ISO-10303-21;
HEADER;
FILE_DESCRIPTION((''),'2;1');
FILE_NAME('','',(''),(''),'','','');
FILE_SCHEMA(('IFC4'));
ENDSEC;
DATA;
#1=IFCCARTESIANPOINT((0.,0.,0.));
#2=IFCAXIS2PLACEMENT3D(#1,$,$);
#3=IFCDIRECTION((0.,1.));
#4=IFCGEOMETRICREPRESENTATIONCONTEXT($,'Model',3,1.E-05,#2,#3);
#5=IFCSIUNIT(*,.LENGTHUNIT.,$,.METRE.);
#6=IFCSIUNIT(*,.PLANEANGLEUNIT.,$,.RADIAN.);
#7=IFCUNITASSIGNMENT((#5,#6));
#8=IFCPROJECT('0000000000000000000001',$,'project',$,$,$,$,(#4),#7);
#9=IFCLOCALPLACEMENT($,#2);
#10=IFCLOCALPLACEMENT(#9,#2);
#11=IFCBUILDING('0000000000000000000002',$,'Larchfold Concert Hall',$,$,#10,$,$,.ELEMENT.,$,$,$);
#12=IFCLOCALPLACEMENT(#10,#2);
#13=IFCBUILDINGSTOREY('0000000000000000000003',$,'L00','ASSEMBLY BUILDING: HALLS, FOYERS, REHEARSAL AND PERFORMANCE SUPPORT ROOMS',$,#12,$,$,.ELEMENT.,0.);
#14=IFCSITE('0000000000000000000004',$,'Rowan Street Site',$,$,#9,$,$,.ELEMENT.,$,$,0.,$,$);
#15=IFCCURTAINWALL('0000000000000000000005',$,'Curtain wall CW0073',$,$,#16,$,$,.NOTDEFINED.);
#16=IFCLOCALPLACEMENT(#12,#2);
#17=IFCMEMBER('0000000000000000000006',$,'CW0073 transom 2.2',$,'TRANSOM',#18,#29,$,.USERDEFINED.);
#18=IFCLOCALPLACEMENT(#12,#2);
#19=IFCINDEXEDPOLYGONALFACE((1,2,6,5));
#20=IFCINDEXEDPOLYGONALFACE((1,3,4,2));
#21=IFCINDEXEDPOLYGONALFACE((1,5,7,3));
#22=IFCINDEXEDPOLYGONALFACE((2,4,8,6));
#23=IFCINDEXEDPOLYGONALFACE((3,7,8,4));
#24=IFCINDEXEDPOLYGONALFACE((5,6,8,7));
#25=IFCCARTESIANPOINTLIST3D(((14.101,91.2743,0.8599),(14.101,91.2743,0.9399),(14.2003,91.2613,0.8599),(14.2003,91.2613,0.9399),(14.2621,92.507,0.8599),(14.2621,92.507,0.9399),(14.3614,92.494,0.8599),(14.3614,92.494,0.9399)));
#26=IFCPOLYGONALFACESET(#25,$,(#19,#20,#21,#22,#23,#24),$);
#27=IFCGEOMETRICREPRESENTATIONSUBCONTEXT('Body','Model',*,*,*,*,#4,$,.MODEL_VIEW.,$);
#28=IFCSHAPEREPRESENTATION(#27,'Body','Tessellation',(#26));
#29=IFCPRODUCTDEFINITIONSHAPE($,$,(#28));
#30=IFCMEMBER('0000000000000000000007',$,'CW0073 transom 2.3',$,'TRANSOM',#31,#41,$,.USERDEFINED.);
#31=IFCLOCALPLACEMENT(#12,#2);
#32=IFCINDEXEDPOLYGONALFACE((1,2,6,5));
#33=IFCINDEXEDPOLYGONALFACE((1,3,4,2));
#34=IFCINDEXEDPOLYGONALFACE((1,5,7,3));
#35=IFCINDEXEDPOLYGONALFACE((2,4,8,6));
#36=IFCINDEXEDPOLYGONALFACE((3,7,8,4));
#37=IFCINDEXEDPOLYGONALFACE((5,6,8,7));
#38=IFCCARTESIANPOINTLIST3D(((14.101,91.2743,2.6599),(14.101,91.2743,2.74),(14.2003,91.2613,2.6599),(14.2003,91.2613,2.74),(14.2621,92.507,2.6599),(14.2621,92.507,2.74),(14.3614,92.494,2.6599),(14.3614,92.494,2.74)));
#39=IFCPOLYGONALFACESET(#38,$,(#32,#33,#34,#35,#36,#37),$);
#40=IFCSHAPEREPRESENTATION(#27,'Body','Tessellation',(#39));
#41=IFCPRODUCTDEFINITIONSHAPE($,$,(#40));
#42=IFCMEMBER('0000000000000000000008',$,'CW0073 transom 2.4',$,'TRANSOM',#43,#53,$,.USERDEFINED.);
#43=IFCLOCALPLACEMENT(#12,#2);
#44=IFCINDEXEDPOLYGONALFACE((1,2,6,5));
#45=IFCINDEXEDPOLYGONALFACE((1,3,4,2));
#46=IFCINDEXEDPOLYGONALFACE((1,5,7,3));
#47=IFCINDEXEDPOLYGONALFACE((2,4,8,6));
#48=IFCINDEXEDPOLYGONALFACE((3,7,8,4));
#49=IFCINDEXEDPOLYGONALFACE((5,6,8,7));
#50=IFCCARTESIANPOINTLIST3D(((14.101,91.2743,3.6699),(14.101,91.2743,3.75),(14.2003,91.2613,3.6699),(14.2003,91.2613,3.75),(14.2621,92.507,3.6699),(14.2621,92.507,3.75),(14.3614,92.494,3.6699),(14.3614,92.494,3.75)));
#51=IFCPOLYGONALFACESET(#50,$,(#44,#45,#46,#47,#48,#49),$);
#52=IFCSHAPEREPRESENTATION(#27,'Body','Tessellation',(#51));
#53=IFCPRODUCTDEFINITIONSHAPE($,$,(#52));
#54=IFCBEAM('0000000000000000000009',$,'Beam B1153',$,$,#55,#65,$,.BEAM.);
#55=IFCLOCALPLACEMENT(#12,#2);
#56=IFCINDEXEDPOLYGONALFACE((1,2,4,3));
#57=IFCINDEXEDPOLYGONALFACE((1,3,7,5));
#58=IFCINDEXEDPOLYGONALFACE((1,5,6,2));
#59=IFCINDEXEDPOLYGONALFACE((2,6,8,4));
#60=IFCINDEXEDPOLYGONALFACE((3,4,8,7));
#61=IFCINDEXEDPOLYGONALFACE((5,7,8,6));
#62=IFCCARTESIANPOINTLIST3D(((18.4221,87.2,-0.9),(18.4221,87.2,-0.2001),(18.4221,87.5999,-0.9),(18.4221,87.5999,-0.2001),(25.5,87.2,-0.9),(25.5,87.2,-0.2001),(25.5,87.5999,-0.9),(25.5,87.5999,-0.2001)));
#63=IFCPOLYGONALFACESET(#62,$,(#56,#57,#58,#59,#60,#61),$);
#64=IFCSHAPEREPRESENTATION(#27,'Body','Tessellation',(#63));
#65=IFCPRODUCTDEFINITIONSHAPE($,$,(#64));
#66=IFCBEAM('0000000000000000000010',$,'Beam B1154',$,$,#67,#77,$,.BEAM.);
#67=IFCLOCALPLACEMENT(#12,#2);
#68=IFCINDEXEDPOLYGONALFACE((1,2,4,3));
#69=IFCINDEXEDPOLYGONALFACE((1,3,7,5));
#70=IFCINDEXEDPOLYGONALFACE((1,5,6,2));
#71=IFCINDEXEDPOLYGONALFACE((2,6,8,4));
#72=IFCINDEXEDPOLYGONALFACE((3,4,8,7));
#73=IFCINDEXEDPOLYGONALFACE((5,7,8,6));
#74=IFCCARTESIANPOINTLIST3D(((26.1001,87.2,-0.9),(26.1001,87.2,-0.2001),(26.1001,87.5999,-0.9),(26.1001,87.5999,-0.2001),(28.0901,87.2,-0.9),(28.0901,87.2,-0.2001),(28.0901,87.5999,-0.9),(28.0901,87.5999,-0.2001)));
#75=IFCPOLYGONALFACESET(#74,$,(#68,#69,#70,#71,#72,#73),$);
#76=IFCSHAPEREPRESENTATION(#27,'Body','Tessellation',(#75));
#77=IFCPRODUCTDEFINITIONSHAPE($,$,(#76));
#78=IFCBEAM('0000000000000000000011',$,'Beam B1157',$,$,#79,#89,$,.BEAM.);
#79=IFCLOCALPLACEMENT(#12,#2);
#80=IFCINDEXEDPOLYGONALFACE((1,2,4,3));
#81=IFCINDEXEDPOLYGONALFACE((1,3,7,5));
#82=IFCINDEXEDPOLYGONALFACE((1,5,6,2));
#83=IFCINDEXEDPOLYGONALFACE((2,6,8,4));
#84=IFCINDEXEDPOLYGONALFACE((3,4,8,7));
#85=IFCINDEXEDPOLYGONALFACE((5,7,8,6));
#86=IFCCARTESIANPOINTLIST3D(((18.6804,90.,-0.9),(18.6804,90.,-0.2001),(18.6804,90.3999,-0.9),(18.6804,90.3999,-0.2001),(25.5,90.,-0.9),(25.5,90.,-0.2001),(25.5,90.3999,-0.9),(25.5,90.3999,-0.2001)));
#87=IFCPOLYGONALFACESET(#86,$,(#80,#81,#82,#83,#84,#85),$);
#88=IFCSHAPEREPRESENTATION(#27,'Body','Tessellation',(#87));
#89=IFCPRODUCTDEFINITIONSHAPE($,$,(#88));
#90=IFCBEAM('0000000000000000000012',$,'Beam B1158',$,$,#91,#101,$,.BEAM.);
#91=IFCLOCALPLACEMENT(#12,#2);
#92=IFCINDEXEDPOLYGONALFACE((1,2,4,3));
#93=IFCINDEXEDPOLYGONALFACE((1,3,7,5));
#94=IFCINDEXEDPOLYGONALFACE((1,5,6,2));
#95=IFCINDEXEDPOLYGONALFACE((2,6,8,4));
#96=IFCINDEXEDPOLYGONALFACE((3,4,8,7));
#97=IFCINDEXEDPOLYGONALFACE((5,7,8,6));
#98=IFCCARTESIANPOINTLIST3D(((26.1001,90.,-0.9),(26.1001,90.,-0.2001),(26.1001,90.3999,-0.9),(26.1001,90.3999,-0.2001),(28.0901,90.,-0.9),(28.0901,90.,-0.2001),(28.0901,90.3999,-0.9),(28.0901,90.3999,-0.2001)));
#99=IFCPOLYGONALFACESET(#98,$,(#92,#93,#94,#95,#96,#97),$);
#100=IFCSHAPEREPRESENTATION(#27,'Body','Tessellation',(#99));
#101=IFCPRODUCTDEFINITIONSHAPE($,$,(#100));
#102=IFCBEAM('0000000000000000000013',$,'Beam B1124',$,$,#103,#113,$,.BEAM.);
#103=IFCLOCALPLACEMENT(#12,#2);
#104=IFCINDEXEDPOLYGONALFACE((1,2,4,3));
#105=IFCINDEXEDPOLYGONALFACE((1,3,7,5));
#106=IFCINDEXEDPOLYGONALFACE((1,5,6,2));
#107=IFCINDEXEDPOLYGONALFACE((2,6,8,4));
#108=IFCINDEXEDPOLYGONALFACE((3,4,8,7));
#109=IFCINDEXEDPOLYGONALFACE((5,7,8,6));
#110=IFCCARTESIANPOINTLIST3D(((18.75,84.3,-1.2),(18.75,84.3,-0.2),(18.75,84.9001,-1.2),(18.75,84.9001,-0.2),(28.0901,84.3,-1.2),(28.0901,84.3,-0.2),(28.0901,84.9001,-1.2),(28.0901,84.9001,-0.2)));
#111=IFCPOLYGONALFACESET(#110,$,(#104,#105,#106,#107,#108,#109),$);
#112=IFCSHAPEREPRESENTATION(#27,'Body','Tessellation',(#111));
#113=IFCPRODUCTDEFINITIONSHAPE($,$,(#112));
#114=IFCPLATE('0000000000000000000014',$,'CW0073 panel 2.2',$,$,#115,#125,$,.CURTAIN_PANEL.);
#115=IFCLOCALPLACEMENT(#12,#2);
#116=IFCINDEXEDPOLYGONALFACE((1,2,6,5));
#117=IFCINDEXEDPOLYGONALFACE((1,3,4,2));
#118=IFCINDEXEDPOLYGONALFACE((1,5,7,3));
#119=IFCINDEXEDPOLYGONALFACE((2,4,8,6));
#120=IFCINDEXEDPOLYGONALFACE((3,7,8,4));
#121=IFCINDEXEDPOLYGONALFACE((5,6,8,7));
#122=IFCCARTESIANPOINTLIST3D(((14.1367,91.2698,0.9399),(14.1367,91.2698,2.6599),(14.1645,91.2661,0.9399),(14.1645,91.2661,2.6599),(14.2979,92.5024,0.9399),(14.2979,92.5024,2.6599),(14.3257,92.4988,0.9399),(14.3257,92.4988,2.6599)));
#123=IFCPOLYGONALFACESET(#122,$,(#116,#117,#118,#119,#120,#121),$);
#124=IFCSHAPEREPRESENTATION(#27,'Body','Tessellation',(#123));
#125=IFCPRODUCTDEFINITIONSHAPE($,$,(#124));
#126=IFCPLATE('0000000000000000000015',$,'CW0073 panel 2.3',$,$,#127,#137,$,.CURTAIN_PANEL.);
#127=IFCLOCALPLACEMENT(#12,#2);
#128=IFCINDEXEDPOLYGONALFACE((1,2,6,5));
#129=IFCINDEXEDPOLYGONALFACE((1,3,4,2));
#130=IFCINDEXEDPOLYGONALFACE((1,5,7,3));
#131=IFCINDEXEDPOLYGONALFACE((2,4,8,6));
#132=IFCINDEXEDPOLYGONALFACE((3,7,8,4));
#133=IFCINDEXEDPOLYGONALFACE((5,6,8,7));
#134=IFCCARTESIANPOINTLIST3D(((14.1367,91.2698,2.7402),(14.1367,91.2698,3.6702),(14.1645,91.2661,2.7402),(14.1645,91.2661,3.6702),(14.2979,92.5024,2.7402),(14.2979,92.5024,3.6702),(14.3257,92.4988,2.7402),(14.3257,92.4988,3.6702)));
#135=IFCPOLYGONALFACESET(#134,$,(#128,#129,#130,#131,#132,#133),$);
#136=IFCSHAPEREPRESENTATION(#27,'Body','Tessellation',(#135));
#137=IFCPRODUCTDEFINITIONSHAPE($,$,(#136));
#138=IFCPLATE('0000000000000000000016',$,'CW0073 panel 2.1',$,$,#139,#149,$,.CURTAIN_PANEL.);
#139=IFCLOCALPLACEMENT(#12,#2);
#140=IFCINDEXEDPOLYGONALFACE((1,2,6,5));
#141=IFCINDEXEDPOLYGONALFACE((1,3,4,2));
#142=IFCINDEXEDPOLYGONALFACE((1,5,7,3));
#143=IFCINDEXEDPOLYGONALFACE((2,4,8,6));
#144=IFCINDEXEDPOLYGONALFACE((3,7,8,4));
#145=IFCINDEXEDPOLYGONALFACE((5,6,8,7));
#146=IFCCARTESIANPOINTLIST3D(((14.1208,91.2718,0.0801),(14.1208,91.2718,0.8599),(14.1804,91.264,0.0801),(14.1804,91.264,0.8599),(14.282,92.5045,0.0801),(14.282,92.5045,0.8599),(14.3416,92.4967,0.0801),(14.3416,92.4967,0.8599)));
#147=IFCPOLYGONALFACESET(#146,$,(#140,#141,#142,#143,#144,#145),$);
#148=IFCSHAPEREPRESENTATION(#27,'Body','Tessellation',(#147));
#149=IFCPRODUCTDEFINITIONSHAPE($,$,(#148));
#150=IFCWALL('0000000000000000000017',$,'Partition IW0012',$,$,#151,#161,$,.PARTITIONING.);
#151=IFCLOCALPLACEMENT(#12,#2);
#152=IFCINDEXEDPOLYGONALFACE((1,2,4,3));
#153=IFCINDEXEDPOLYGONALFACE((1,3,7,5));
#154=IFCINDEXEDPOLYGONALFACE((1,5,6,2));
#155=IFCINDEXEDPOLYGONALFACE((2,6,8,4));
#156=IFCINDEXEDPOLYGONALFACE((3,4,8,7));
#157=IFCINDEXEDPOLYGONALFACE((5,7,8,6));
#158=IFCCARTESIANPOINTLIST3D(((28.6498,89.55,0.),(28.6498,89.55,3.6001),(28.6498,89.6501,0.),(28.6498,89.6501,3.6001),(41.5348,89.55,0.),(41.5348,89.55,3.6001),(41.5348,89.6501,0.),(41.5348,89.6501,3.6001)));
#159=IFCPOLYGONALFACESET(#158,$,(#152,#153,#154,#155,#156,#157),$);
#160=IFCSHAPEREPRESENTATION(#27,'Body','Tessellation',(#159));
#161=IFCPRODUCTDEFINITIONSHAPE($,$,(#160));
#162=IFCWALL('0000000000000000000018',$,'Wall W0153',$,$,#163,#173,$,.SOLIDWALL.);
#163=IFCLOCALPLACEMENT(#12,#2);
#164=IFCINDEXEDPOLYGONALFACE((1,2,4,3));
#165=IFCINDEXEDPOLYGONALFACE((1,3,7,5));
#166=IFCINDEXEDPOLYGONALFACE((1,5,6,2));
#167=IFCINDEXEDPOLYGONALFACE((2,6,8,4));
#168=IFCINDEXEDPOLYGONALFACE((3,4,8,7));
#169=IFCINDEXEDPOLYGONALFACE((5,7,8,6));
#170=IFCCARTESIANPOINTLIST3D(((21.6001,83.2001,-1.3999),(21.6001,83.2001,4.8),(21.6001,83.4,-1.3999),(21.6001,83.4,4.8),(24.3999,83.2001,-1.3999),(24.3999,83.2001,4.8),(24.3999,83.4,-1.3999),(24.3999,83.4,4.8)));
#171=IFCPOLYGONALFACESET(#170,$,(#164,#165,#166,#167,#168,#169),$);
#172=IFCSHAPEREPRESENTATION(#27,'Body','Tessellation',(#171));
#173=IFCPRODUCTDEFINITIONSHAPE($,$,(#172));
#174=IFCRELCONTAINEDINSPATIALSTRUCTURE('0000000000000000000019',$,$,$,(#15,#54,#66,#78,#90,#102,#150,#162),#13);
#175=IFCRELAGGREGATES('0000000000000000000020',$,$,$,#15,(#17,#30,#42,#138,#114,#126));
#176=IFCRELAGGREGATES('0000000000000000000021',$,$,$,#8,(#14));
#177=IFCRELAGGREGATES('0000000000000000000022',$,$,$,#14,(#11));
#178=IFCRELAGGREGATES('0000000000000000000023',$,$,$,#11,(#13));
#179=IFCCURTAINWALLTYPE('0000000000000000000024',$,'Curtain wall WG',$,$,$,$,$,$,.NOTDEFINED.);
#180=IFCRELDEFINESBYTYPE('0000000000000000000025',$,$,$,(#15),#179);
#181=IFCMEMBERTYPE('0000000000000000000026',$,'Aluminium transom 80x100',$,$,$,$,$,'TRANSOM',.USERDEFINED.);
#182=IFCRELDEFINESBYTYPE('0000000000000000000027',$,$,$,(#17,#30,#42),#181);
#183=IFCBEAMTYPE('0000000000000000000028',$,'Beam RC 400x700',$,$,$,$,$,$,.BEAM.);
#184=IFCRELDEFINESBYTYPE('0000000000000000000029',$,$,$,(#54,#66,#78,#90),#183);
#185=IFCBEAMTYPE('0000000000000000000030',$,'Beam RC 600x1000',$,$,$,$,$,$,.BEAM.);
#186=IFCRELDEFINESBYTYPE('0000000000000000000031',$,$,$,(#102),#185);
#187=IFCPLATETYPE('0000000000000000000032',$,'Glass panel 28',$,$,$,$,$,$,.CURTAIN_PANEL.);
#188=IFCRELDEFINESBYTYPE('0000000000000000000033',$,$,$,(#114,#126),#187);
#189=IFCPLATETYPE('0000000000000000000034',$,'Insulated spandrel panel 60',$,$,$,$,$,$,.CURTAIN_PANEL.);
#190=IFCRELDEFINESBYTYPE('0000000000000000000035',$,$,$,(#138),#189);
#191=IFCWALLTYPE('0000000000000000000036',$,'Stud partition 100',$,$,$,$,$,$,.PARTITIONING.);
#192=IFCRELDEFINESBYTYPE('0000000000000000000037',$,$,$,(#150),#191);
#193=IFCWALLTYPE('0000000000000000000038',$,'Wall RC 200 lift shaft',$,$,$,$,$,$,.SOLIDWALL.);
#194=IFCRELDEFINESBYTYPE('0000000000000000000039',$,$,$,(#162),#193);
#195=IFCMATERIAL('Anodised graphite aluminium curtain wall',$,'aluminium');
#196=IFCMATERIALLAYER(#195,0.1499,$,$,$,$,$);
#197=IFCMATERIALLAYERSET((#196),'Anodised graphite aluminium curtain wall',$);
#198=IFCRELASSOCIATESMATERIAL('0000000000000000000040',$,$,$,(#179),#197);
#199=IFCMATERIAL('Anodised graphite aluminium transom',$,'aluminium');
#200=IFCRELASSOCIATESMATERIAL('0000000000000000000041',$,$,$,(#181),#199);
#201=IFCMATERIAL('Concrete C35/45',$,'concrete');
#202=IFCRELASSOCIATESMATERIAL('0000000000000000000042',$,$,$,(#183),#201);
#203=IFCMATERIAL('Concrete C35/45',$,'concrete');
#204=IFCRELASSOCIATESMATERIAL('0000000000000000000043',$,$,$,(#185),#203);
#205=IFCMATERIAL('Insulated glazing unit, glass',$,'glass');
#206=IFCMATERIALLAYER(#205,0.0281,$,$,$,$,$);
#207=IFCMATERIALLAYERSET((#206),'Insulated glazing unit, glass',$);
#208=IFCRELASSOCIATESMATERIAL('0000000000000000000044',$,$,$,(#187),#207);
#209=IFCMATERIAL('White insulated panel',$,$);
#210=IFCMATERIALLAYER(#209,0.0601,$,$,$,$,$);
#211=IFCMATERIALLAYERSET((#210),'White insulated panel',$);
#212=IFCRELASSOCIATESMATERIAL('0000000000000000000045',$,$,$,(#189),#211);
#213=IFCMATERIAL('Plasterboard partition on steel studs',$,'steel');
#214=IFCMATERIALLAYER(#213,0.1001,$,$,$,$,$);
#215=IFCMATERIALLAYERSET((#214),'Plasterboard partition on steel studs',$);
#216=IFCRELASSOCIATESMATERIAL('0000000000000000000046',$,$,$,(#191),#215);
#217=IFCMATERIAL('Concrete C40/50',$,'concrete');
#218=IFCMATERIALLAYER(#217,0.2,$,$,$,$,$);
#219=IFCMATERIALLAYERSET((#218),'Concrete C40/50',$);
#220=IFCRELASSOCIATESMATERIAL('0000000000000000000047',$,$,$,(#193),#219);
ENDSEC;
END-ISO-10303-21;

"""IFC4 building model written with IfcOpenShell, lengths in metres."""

from ifc_helpers import new_model, si_unit, direction, frame, frame_2d, origin, origin_2d, place, context, subcontext, project, spatial, rectangle, extrude, material, layer, layer_set, material_profile, profile_set, type_object, element, aggregate, save


model = new_model("IFC4")

# Units and contexts
model_context = context("Model", 3, precision=1e-05, world=origin(), true_north=direction((0.0, 1.0)))
body_context = subcontext(model_context, "Body", "Model", "MODEL_VIEW")
ifc_project = project(units=[si_unit("LENGTHUNIT", "METRE"), si_unit("PLANEANGLEUNIT", "RADIAN")], contexts=[model_context])

# Site, building, storey
site_placement = place(None, origin())
site = spatial("IfcSite", under=ifc_project, at=site_placement, Name="Rowan Street Site", CompositionType="ELEMENT", RefElevation=0.0)
building_placement = place(site_placement, origin())
building = spatial("IfcBuilding", under=site, at=building_placement, Name="Larchfold Concert Hall", CompositionType="ELEMENT")
storey_placement = place(building_placement, origin())
storey = spatial("IfcBuildingStorey", under=building, at=storey_placement, Name="L00", Description="ASSEMBLY BUILDING: HALLS, FOYERS, REHEARSAL AND PERFORMANCE SUPPORT ROOMS", CompositionType="ELEMENT", Elevation=0.0)

# Curtain wall, members
ifc_material_1 = material(Name="Anodised graphite aluminium curtain wall", Category="aluminium")
ifc_layer_1 = layer(ifc_material_1, 0.1499)
ifc_layer_set_1 = layer_set([ifc_layer_1], Name="Anodised graphite aluminium curtain wall")
curtain_wall_type = type_object("IfcCurtainWallType", Name="Curtain wall WG", PredefinedType="NOTDEFINED", material=ifc_layer_set_1)
curtain_wall_placement = place(storey_placement, origin())
curtain_wall = element("IfcCurtainWall", 1, at=curtain_wall_placement, inside=storey, type_object=curtain_wall_type, Name="Curtain wall CW0073", PredefinedType="NOTDEFINED")
ifc_material_2 = material(Name="Anodised graphite aluminium transom", Category="aluminium")
ifc_material_profile_1 = material_profile(ifc_material_2, rectangle(XDim=0.1001, YDim=0.0801, at=origin_2d()))
ifc_profile_set_1 = profile_set([ifc_material_profile_1], Name="Anodised graphite aluminium transom")
member_type = type_object("IfcMemberType", Name="Aluminium transom 80x100", ElementType="TRANSOM", PredefinedType="USERDEFINED", material=ifc_profile_set_1)
member_1_placement = place(storey_placement, frame((14.1506, 91.2678, 0.8999), z_axis=(0.129616, 0.991564, 0.0), x_axis=(-0.991564, 0.129616, 0.0)))
member_1 = element("IfcMember", 2, at=member_1_placement, type_object=member_type, Name="CW0073 transom 2.2", ObjectType="TRANSOM", PredefinedType="USERDEFINED", context=body_context, shape_type="SweptSolid", body=[
    extrude(rectangle(XDim=0.1001, YDim=0.0801, at=origin_2d()), origin(), (0.0, 0.0, 1.0), 1.2432),
])
member_2_placement = place(storey_placement, frame((14.1506, 91.2678, 2.7), z_axis=(0.129616, 0.991564, 0.0), x_axis=(-0.991564, 0.129616, 0.0)))
member_2 = element("IfcMember", 3, at=member_2_placement, type_object=member_type, Name="CW0073 transom 2.3", ObjectType="TRANSOM", PredefinedType="USERDEFINED", context=body_context, shape_type="SweptSolid", body=[
    extrude(rectangle(XDim=0.1001, YDim=0.0801, at=origin_2d()), origin(), (0.0, 0.0, 1.0), 1.2432),
])
member_3_placement = place(storey_placement, frame((14.1506, 91.2678, 3.71), z_axis=(0.129616, 0.991564, 0.0), x_axis=(-0.991564, 0.129616, 0.0)))
member_3 = element("IfcMember", 4, at=member_3_placement, type_object=member_type, Name="CW0073 transom 2.4", ObjectType="TRANSOM", PredefinedType="USERDEFINED", context=body_context, shape_type="SweptSolid", body=[
    extrude(rectangle(XDim=0.1001, YDim=0.0801, at=origin_2d()), origin(), (0.0, 0.0, 1.0), 1.2432),
])

# Beams
ifc_material_3 = material(Name="Concrete C35/45", Category="concrete")
ifc_material_profile_2 = material_profile(ifc_material_3, rectangle(XDim=0.3999, YDim=0.7, at=origin_2d()))
ifc_profile_set_2 = profile_set([ifc_material_profile_2], Name="Concrete C35/45")
beam_type_1 = type_object("IfcBeamType", Name="Beam RC 400x700", PredefinedType="BEAM", material=ifc_profile_set_2)
beam_1_placement = place(storey_placement, frame((18.4221, 87.3999, -0.55), z_axis=(1.0, 0.0, 0.0), x_axis=(0.0, 1.0, 0.0)))
element("IfcBeam", 5, at=beam_1_placement, inside=storey, type_object=beam_type_1, Name="Beam B1153", PredefinedType="BEAM", context=body_context, shape_type="SweptSolid", body=[
    extrude(rectangle(XDim=0.3999, YDim=0.7, at=origin_2d()), origin(), (0.0, 0.0, 1.0), 7.0779),
])
beam_2_placement = place(storey_placement, frame((26.1001, 87.3999, -0.55), z_axis=(1.0, 0.0, 0.0), x_axis=(0.0, 1.0, 0.0)))
element("IfcBeam", 6, at=beam_2_placement, inside=storey, type_object=beam_type_1, Name="Beam B1154", PredefinedType="BEAM", context=body_context, shape_type="SweptSolid", body=[
    extrude(rectangle(XDim=0.3999, YDim=0.7, at=origin_2d()), origin(), (0.0, 0.0, 1.0), 1.99),
])
beam_3_placement = place(storey_placement, frame((18.6804, 90.2, -0.55), z_axis=(1.0, 0.0, 0.0), x_axis=(0.0, 1.0, 0.0)))
element("IfcBeam", 7, at=beam_3_placement, inside=storey, type_object=beam_type_1, Name="Beam B1157", PredefinedType="BEAM", context=body_context, shape_type="SweptSolid", body=[
    extrude(rectangle(XDim=0.3999, YDim=0.7, at=origin_2d()), origin(), (0.0, 0.0, 1.0), 6.8196),
])
beam_4_placement = place(storey_placement, frame((26.1001, 90.2, -0.55), z_axis=(1.0, 0.0, 0.0), x_axis=(0.0, 1.0, 0.0)))
element("IfcBeam", 8, at=beam_4_placement, inside=storey, type_object=beam_type_1, Name="Beam B1158", PredefinedType="BEAM", context=body_context, shape_type="SweptSolid", body=[
    extrude(rectangle(XDim=0.3999, YDim=0.7, at=origin_2d()), origin(), (0.0, 0.0, 1.0), 1.99),
])
ifc_material_4 = material(Name="Concrete C35/45", Category="concrete")
ifc_material_profile_3 = material_profile(ifc_material_4, rectangle(XDim=0.6001, YDim=1.0, at=origin_2d()))
ifc_profile_set_3 = profile_set([ifc_material_profile_3], Name="Concrete C35/45")
beam_type_2 = type_object("IfcBeamType", Name="Beam RC 600x1000", PredefinedType="BEAM", material=ifc_profile_set_3)
beam_5_placement = place(storey_placement, frame((18.75, 84.6001, -0.7), z_axis=(1.0, 0.0, 0.0), x_axis=(0.0, 1.0, 0.0)))
element("IfcBeam", 9, at=beam_5_placement, inside=storey, type_object=beam_type_2, Name="Beam B1124", PredefinedType="BEAM", context=body_context, shape_type="SweptSolid", body=[
    extrude(rectangle(XDim=0.6001, YDim=1.0, at=origin_2d()), origin(), (0.0, 0.0, 1.0), 9.3401),
])

# Plates
ifc_material_5 = material(Name="Insulated glazing unit, glass", Category="glass")
ifc_layer_2 = layer(ifc_material_5, 0.0281)
ifc_layer_set_2 = layer_set([ifc_layer_2], Name="Insulated glazing unit, glass")
plate_type_1 = type_object("IfcPlateType", Name="Glass panel 28", PredefinedType="CURTAIN_PANEL", material=ifc_layer_set_2)
plate_1_placement = place(storey_placement, frame((14.2312, 91.8843, 0.9399), z_axis=(0.0, 0.0, 1.0), x_axis=(0.129644, 0.991561, 0.0)))
plate_1 = element("IfcPlate", 10, at=plate_1_placement, type_object=plate_type_1, Name="CW0073 panel 2.2", PredefinedType="CURTAIN_PANEL", context=body_context, shape_type="SweptSolid", body=[
    extrude(rectangle(XDim=1.2432, YDim=0.0281, at=origin_2d()), origin(), (0.0, 0.0, 1.0), 1.72),
])
plate_2_placement = place(storey_placement, frame((14.2312, 91.8843, 2.7402), z_axis=(0.0, 0.0, 1.0), x_axis=(0.129644, 0.991561, 0.0)))
plate_2 = element("IfcPlate", 11, at=plate_2_placement, type_object=plate_type_1, Name="CW0073 panel 2.3", PredefinedType="CURTAIN_PANEL", context=body_context, shape_type="SweptSolid", body=[
    extrude(rectangle(XDim=1.2432, YDim=0.0281, at=origin_2d()), origin(), (0.0, 0.0, 1.0), 0.9299),
])
ifc_material_6 = material(Name="White insulated panel")
ifc_layer_3 = layer(ifc_material_6, 0.0601)
ifc_layer_set_3 = layer_set([ifc_layer_3], Name="White insulated panel")
plate_type_2 = type_object("IfcPlateType", Name="Insulated spandrel panel 60", PredefinedType="CURTAIN_PANEL", material=ifc_layer_set_3)
plate_3_placement = place(storey_placement, frame((14.2312, 91.8843, 0.0801), z_axis=(0.0, 0.0, 1.0), x_axis=(0.129644, 0.991561, 0.0)))
plate_3 = element("IfcPlate", 12, at=plate_3_placement, type_object=plate_type_2, Name="CW0073 panel 2.1", PredefinedType="CURTAIN_PANEL", context=body_context, shape_type="SweptSolid", body=[
    extrude(rectangle(XDim=1.2432, YDim=0.0601, at=origin_2d()), origin(), (0.0, 0.0, 1.0), 0.7798),
])
aggregate(curtain_wall, [member_1, member_2, member_3, plate_3, plate_1, plate_2])

# Walls
ifc_material_7 = material(Name="Plasterboard partition on steel studs", Category="steel")
ifc_layer_4 = layer(ifc_material_7, 0.1001)
ifc_layer_set_4 = layer_set([ifc_layer_4], Name="Plasterboard partition on steel studs")
wall_type_1 = type_object("IfcWallType", Name="Stud partition 100", PredefinedType="PARTITIONING", material=ifc_layer_set_4)
wall_1_placement = place(storey_placement, frame((28.6499, 89.6001, 0.0), z_axis=(0.0, 0.0, 1.0), x_axis=(1.0, 0.0, 0.0)))
element("IfcWall", 13, at=wall_1_placement, inside=storey, type_object=wall_type_1, Name="Partition IW0012", PredefinedType="PARTITIONING", context=body_context, shape_type="SweptSolid", body=[
    extrude(rectangle(XDim=12.885, YDim=0.1001, at=frame_2d((6.4424, 0.0))), origin(), (0.0, 0.0, 1.0), 3.6001),
])
ifc_material_8 = material(Name="Concrete C40/50", Category="concrete")
ifc_layer_5 = layer(ifc_material_8, 0.2)
ifc_layer_set_5 = layer_set([ifc_layer_5], Name="Concrete C40/50")
wall_type_2 = type_object("IfcWallType", Name="Wall RC 200 lift shaft", PredefinedType="SOLIDWALL", material=ifc_layer_set_5)
wall_2_placement = place(storey_placement, frame((21.6001, 83.3, -1.3999), z_axis=(0.0, 0.0, 1.0), x_axis=(1.0, 0.0, 0.0)))
element("IfcWall", 14, at=wall_2_placement, inside=storey, type_object=wall_type_2, Name="Wall W0153", PredefinedType="SOLIDWALL", context=body_context, shape_type="SweptSolid", body=[
    extrude(rectangle(XDim=2.7998, YDim=0.2, at=frame_2d((1.3999, 0.0))), origin(), (0.0, 0.0, 1.0), 6.2),
])

save(model, "model.ifc")
